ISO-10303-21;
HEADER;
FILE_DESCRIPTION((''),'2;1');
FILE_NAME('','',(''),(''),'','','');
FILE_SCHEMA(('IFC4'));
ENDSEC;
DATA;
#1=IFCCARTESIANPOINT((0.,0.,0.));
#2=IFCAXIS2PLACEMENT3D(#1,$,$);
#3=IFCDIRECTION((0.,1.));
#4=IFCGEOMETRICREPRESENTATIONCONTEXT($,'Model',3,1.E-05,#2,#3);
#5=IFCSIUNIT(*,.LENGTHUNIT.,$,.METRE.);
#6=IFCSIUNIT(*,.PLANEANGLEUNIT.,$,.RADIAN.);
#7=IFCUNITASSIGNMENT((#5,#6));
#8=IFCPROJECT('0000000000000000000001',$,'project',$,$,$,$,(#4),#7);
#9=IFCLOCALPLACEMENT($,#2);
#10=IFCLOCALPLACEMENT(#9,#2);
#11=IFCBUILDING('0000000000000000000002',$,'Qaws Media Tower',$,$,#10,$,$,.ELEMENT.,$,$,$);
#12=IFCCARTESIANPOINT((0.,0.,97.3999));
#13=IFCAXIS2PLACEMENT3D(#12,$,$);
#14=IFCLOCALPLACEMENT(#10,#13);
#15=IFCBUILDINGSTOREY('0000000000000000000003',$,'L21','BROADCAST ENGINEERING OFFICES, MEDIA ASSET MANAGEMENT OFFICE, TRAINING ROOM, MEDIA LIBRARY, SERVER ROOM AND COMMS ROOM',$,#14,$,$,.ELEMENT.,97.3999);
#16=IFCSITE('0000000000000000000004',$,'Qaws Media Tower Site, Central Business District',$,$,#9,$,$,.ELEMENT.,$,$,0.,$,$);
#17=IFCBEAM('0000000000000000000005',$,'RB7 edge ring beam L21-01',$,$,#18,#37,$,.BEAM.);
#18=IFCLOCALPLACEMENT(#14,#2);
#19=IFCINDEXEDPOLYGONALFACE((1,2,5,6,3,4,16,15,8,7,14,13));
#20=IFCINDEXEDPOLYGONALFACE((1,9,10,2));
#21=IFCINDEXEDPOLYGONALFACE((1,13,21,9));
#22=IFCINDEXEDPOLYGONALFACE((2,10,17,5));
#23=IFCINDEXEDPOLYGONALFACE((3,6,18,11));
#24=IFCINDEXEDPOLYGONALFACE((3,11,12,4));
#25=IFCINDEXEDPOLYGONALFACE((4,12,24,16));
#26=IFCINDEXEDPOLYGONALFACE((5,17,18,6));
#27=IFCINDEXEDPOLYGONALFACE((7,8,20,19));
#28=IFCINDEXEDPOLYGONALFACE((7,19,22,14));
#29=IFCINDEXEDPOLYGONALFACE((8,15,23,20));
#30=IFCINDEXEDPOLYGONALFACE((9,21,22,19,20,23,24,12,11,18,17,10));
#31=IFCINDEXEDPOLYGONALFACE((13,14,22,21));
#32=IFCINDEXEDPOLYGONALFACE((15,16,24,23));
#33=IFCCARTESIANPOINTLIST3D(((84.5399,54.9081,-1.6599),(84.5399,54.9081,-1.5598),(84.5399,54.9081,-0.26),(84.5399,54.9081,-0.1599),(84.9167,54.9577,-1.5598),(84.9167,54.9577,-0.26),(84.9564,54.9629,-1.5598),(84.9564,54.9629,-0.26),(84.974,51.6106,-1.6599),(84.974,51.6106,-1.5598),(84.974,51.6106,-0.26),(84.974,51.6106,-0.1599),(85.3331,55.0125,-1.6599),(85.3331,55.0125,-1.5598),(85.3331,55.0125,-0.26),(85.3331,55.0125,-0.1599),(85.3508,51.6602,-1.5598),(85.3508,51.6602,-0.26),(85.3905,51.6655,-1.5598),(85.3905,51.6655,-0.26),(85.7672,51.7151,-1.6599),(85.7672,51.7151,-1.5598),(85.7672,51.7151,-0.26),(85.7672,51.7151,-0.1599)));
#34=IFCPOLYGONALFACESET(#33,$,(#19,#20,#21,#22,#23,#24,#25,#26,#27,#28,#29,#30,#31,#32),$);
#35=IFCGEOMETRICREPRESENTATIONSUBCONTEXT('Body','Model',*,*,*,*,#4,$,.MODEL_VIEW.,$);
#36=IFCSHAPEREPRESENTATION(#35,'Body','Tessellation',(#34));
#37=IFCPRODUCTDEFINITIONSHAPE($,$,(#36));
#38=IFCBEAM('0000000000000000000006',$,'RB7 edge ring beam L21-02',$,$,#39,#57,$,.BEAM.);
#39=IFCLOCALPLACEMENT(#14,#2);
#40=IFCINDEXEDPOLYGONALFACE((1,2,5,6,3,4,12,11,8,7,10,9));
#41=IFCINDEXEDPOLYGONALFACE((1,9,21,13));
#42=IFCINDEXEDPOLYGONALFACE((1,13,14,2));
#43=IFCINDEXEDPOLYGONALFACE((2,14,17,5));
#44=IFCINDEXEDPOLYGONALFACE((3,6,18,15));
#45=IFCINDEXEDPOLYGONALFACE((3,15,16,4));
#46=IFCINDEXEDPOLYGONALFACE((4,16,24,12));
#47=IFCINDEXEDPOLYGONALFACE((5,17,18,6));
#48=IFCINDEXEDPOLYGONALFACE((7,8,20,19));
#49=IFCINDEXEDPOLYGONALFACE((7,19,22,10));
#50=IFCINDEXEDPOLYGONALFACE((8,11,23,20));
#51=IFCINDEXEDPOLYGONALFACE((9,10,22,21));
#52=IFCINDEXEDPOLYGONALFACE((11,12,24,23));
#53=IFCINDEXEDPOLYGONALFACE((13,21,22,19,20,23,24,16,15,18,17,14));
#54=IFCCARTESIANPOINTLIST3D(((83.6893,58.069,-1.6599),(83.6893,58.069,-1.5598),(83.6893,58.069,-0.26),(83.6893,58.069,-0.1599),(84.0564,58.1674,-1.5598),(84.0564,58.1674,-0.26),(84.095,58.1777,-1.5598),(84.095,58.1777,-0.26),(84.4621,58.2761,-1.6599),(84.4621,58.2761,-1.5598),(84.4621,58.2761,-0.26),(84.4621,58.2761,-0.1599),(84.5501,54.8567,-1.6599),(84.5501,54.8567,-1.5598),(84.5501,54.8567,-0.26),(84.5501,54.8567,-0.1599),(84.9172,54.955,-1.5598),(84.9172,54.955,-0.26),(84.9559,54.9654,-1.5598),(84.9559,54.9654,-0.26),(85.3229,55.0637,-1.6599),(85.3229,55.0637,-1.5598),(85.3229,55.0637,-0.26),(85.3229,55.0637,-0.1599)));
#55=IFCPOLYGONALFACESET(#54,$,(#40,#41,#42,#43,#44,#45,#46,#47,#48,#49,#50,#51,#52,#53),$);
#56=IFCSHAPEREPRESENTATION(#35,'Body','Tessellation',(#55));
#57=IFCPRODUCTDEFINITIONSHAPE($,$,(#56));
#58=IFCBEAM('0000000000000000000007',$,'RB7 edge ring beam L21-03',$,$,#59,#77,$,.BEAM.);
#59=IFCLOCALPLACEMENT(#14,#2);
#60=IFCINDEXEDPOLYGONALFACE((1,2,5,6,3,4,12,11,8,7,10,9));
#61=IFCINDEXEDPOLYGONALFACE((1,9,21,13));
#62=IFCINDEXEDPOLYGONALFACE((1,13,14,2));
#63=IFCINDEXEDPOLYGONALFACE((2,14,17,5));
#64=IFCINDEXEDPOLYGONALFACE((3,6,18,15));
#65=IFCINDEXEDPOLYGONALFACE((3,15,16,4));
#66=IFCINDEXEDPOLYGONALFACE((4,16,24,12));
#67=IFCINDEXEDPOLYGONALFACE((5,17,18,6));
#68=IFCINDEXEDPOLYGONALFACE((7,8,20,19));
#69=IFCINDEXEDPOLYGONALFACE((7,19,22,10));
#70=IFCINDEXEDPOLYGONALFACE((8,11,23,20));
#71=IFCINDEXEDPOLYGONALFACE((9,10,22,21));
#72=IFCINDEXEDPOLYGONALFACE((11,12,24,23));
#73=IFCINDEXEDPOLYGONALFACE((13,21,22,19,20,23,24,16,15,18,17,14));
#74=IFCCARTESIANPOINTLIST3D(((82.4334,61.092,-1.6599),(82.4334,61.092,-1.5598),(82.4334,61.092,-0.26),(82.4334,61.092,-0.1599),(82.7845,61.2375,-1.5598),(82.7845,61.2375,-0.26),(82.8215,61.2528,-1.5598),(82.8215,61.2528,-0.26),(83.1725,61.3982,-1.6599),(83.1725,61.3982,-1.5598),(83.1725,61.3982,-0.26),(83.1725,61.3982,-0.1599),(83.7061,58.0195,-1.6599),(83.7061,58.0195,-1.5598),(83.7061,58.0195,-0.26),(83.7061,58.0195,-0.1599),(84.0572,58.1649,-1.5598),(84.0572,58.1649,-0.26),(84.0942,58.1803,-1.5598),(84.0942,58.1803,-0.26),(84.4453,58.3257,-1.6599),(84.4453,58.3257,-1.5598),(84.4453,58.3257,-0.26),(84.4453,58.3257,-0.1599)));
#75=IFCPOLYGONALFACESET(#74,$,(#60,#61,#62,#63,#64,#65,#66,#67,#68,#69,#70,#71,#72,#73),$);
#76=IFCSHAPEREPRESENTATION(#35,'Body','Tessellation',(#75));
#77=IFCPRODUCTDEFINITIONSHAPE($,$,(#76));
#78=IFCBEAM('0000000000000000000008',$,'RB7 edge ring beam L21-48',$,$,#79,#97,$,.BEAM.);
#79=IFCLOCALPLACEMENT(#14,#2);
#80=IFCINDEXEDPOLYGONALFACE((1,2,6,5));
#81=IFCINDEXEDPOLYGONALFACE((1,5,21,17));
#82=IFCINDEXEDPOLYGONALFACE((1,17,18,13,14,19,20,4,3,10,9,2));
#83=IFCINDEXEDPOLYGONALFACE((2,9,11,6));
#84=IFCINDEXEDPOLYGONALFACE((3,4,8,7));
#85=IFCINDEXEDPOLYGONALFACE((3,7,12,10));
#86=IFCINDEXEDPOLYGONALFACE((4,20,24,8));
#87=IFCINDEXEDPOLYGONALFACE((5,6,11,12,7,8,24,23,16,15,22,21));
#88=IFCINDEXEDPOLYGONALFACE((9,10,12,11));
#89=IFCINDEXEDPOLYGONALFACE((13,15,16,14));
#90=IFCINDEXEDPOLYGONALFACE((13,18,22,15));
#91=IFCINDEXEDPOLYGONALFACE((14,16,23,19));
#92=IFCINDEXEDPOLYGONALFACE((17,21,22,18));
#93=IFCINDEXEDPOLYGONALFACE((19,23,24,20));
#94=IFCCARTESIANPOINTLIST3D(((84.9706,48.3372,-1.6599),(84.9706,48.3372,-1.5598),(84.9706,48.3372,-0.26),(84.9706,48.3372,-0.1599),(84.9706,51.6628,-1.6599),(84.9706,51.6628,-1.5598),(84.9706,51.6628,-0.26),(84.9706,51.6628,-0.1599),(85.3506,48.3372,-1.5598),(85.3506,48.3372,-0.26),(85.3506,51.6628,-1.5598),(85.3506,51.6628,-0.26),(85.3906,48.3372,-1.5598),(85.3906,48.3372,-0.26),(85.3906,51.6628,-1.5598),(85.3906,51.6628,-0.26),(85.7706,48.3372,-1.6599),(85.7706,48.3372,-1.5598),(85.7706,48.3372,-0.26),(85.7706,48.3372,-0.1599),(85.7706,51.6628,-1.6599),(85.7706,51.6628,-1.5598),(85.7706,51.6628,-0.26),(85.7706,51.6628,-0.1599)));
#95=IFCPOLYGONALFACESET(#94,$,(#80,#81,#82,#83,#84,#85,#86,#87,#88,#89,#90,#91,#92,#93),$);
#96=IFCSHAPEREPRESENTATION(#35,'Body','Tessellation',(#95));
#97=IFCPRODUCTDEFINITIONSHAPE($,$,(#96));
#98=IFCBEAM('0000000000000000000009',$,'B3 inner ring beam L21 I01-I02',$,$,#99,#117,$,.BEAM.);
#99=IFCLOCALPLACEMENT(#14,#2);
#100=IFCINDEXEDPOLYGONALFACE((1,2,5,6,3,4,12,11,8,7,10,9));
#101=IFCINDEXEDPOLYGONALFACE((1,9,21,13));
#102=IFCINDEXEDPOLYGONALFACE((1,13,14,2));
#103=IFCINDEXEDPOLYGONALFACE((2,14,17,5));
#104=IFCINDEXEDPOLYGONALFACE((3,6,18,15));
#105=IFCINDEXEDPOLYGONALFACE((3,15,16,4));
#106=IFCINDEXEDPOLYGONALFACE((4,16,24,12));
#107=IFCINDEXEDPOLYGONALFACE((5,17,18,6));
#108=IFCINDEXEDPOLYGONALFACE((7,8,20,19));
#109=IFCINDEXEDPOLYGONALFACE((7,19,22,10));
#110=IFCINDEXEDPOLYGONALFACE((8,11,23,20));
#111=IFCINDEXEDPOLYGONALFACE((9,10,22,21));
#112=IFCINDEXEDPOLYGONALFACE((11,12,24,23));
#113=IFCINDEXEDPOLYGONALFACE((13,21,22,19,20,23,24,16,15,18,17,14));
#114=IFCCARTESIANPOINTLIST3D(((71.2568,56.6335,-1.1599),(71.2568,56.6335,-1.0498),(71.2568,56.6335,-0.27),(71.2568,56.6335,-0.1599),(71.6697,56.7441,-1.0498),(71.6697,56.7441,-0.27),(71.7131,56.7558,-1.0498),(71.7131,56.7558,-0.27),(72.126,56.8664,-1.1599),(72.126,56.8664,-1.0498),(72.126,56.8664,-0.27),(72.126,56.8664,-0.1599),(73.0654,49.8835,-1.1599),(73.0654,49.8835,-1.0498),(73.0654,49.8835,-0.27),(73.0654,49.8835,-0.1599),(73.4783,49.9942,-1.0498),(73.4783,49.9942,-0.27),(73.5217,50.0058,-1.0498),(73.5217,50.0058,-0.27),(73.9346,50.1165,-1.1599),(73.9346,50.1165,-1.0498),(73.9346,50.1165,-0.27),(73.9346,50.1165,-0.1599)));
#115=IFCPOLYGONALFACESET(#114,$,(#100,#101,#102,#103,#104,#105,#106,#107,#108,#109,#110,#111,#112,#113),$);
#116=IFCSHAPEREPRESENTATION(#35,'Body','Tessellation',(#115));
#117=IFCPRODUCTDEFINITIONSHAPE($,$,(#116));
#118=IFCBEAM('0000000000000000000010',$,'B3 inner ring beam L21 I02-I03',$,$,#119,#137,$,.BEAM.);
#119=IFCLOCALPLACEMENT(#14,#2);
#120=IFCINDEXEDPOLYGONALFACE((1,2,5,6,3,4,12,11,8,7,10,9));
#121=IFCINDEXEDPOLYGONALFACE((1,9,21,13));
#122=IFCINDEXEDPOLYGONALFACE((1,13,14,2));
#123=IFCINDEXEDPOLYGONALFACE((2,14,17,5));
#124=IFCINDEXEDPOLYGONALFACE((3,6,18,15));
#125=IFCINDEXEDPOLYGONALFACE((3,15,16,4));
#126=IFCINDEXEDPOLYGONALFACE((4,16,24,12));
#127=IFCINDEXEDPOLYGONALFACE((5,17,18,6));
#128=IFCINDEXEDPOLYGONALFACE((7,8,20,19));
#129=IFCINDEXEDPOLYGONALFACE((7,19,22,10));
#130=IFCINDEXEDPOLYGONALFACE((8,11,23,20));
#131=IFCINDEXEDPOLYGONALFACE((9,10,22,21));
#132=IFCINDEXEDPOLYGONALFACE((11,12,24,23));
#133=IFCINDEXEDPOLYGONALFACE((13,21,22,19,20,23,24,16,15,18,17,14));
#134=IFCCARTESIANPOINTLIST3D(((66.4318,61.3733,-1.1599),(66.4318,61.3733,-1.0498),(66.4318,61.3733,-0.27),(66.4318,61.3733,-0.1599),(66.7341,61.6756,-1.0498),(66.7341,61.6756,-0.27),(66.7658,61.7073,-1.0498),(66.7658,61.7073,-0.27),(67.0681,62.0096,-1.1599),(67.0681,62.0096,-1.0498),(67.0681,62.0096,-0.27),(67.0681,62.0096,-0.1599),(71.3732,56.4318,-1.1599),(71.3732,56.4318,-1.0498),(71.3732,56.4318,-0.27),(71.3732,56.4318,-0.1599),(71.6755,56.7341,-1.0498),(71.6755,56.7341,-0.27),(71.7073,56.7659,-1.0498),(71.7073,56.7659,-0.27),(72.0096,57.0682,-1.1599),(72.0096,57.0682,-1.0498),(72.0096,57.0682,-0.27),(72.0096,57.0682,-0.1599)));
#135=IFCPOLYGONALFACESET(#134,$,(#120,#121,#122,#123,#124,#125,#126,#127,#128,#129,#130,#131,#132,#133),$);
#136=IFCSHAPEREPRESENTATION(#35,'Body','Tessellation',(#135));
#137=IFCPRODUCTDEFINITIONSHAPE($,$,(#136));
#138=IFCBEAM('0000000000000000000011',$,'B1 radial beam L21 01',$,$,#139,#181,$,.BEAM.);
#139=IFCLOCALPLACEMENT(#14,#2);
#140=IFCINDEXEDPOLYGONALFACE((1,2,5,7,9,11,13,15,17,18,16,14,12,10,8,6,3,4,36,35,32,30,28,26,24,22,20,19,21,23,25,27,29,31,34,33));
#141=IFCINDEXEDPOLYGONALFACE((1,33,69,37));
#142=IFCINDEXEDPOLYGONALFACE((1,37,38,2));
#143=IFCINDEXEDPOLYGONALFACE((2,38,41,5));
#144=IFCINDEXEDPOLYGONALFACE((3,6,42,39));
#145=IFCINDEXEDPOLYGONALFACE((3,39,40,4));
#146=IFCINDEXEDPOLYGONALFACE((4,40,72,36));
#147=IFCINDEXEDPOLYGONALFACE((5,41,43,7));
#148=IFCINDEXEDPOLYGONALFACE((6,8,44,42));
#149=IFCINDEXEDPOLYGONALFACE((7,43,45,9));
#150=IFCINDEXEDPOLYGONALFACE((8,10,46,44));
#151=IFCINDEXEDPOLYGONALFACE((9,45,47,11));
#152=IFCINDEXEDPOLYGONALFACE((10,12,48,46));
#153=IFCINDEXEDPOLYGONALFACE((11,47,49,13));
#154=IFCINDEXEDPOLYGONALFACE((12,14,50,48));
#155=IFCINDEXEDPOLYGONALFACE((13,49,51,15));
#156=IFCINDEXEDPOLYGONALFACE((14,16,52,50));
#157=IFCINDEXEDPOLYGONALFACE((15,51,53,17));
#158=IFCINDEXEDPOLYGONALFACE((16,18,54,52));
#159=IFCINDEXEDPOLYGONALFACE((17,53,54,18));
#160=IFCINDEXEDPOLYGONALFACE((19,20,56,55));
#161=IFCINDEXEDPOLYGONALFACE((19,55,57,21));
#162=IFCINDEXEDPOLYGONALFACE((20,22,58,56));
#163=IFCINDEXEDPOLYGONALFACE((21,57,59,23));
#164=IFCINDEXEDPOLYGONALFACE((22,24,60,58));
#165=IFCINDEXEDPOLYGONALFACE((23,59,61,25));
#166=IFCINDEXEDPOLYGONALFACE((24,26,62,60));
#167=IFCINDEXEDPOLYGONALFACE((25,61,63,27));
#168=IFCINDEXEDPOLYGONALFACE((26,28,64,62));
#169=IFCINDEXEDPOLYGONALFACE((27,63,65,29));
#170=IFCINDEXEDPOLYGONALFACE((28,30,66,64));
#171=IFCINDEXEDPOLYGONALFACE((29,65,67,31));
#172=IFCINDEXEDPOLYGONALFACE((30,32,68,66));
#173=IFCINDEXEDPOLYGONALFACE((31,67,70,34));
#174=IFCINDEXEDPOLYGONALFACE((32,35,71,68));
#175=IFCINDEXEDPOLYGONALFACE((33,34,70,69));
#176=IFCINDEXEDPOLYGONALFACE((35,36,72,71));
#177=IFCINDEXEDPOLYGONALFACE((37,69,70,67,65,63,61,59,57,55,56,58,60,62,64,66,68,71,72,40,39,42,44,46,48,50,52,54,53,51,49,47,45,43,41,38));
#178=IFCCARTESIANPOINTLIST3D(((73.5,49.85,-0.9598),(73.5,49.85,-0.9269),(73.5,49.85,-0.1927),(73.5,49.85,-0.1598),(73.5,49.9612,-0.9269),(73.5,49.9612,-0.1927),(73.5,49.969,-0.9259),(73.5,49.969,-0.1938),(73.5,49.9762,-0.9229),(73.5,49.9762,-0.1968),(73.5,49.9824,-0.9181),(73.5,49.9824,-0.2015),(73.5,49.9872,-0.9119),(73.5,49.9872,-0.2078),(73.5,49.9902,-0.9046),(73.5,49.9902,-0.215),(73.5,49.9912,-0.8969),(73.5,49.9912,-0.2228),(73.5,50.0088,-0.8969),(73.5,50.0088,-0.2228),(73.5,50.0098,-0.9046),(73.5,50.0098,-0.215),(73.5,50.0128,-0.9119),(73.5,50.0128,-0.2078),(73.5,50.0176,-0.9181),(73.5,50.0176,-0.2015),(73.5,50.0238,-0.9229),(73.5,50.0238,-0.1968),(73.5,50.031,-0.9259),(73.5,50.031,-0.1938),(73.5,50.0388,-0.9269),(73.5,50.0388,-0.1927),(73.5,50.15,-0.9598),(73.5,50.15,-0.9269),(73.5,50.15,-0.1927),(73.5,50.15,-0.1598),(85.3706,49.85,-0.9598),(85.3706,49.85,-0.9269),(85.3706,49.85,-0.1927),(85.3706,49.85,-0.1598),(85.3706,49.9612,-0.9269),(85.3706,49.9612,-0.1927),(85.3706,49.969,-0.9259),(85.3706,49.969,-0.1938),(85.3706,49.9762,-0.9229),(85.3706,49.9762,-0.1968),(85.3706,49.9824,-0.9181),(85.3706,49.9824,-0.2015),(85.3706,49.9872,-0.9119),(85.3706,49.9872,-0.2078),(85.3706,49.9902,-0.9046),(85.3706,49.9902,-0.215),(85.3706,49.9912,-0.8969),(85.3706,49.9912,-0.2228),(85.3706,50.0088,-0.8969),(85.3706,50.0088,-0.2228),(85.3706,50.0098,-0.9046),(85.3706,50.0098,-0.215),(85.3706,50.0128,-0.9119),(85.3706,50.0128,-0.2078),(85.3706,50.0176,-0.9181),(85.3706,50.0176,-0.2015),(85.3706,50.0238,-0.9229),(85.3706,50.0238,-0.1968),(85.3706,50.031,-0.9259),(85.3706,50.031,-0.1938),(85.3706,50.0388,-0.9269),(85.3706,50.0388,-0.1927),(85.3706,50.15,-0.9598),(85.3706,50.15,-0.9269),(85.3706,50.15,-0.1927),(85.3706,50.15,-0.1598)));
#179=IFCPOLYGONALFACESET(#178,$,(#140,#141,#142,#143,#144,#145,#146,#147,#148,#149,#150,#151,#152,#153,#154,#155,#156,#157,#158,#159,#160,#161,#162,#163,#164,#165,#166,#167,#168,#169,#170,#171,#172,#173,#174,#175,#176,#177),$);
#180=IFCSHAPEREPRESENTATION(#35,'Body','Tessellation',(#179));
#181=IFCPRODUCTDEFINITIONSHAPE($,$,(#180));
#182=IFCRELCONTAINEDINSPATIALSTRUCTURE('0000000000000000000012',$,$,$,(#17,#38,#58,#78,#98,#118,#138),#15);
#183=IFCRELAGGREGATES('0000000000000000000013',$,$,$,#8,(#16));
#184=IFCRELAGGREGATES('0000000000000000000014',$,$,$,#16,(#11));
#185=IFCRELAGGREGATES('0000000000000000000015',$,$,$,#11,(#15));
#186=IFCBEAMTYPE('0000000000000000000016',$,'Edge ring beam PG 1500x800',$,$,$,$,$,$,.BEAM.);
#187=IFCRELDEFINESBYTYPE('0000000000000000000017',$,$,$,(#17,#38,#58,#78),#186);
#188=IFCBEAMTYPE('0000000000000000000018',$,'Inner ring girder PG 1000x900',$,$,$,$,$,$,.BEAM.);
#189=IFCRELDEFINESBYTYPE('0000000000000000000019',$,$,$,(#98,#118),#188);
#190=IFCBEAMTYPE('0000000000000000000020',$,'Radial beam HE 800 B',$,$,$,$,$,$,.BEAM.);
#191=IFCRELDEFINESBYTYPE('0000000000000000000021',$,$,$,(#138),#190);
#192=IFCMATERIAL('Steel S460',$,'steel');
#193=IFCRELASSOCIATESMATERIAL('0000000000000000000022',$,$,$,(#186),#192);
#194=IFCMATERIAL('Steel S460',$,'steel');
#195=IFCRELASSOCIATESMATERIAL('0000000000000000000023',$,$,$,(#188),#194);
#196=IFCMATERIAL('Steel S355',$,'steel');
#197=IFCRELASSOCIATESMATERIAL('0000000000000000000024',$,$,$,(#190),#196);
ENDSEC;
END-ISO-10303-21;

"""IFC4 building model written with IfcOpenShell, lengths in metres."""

from ifc_helpers import new_model, si_unit, direction, frame, origin, origin_2d, place, context, subcontext, project, spatial, i_section, extrude, material, material_profile, profile_set, type_object, element, save


model = new_model("IFC4")

# Units and contexts
model_context = context("Model", 3, precision=1e-05, world=origin(), true_north=direction((0.0, 1.0)))
body_context = subcontext(model_context, "Body", "Model", "MODEL_VIEW")
ifc_project = project(units=[si_unit("LENGTHUNIT", "METRE"), si_unit("PLANEANGLEUNIT", "RADIAN")], contexts=[model_context])

# Site, building, storey
site_placement = place(None, origin())
site = spatial("IfcSite", under=ifc_project, at=site_placement, Name="Qaws Media Tower Site, Central Business District", CompositionType="ELEMENT", RefElevation=0.0)
building_placement = place(site_placement, origin())
building = spatial("IfcBuilding", under=site, at=building_placement, Name="Qaws Media Tower", CompositionType="ELEMENT")
storey_placement = place(building_placement, frame((0.0, 0.0, 97.3999)))
storey = spatial("IfcBuildingStorey", under=building, at=storey_placement, Name="L21", Description="BROADCAST ENGINEERING OFFICES, MEDIA ASSET MANAGEMENT OFFICE, TRAINING ROOM, MEDIA LIBRARY, SERVER ROOM AND COMMS ROOM", CompositionType="ELEMENT", Elevation=97.3999)

# Beams
ifc_material_1 = material(Name="Steel S460", Category="steel")
ifc_material_profile_1 = material_profile(ifc_material_1, i_section(OverallWidth=0.8, OverallDepth=1.5, WebThickness=0.04, FlangeThickness=0.1001, at=origin_2d()), Name="PG 1500x800")
ifc_profile_set_1 = profile_set([ifc_material_profile_1], Name="Steel S460")
beam_type_1 = type_object("IfcBeamType", Name="Edge ring beam PG 1500x800", PredefinedType="BEAM", material=ifc_profile_set_1)
beam_1_placement = place(storey_placement, frame((85.3706, 51.6628, -0.9099), z_axis=(-0.130519, 0.991446, 0.0), x_axis=(-0.991446, -0.130519, 0.0)))
element("IfcBeam", 1, at=beam_1_placement, inside=storey, type_object=beam_type_1, Name="RB7 edge ring beam L21-01", PredefinedType="BEAM", context=body_context, shape_type="SweptSolid", body=[
    extrude(i_section(OverallWidth=0.8, OverallDepth=1.5, WebThickness=0.04, FlangeThickness=0.1001, at=origin_2d()), origin(), (0.0, 0.0, 1.0), 3.3259),
])
for number, where, z_axis, x_axis, name in (
    (2, (84.9365, 54.9602, -0.9099), (-0.258841, 0.96592, 0.0), (-0.96592, -0.258841, 0.0), "RB7 edge ring beam L21-02"),
    (3, (84.0757, 58.1726, -0.9099), (-0.382691, 0.923876, 0.0), (-0.923876, -0.382691, 0.0), "RB7 edge ring beam L21-03"),
    (4, (85.3706, 48.3372, -0.9099), (0.0, 1.0, 0.0), (-1.0, 0.0, 0.0), "RB7 edge ring beam L21-48"),
):
    element("IfcBeam", number, at=place(storey_placement, frame(where, z_axis=z_axis, x_axis=x_axis)), inside=storey, type_object=beam_type_1, Name=name, PredefinedType="BEAM", context=body_context, shape_type="SweptSolid", body=[
        extrude(i_section(OverallWidth=0.8, OverallDepth=1.5, WebThickness=0.04, FlangeThickness=0.1001, at=origin_2d()), origin(), (0.0, 0.0, 1.0), 3.3257),
    ])
ifc_material_2 = material(Name="Steel S460", Category="steel")
ifc_material_profile_2 = material_profile(ifc_material_2, i_section(OverallWidth=0.8999, OverallDepth=1.0, WebThickness=0.0449, FlangeThickness=0.1101, at=origin_2d()), Name="PG 1000x900")
ifc_profile_set_2 = profile_set([ifc_material_profile_2], Name="Steel S460")
beam_type_2 = type_object("IfcBeamType", Name="Inner ring girder PG 1000x900", PredefinedType="BEAM", material=ifc_profile_set_2)
beam_2_placement = place(storey_placement, frame((73.5, 50.0, -0.6599), z_axis=(-0.258811, 0.965928, 0.0), x_axis=(-0.965928, -0.258811, 0.0)))
element("IfcBeam", 5, at=beam_2_placement, inside=storey, type_object=beam_type_2, Name="B3 inner ring beam L21 I01-I02", PredefinedType="BEAM", context=body_context, shape_type="SweptSolid", body=[
    extrude(i_section(OverallWidth=0.8999, OverallDepth=1.0, WebThickness=0.0449, FlangeThickness=0.1101, at=origin_2d()), origin(), (0.0, 0.0, 1.0), 6.988),
])
beam_3_placement = place(storey_placement, frame((71.6914, 56.75, -0.6599), z_axis=(-0.707107, 0.707107, 0.0), x_axis=(-0.707107, -0.707107, 0.0)))
element("IfcBeam", 6, at=beam_3_placement, inside=storey, type_object=beam_type_2, Name="B3 inner ring beam L21 I02-I03", PredefinedType="BEAM", context=body_context, shape_type="SweptSolid", body=[
    extrude(i_section(OverallWidth=0.8999, OverallDepth=1.0, WebThickness=0.0449, FlangeThickness=0.1101, at=origin_2d()), origin(), (0.0, 0.0, 1.0), 6.9883),
])
ifc_material_3 = material(Name="Steel S355", Category="steel")
ifc_material_profile_3 = material_profile(ifc_material_3, i_section(OverallWidth=0.3, OverallDepth=0.8, WebThickness=0.0176, FlangeThickness=0.033, FilletRadius=0.03, at=origin_2d()), Name="HE 800 B")
ifc_profile_set_3 = profile_set([ifc_material_profile_3], Name="Steel S355")
beam_type_3 = type_object("IfcBeamType", Name="Radial beam HE 800 B", PredefinedType="BEAM", material=ifc_profile_set_3)
beam_4_placement = place(storey_placement, frame((73.5, 50.0, -0.5598), z_axis=(1.0, 0.0, 0.0), x_axis=(0.0, 1.0, 0.0)))
element("IfcBeam", 7, at=beam_4_placement, inside=storey, type_object=beam_type_3, Name="B1 radial beam L21 01", PredefinedType="BEAM", context=body_context, shape_type="SweptSolid", body=[
    extrude(i_section(OverallWidth=0.3, OverallDepth=0.8, WebThickness=0.0176, FlangeThickness=0.033, FilletRadius=0.03, at=origin_2d()), origin(), (0.0, 0.0, 1.0), 11.8706),
])

save(model, "model.ifc")
